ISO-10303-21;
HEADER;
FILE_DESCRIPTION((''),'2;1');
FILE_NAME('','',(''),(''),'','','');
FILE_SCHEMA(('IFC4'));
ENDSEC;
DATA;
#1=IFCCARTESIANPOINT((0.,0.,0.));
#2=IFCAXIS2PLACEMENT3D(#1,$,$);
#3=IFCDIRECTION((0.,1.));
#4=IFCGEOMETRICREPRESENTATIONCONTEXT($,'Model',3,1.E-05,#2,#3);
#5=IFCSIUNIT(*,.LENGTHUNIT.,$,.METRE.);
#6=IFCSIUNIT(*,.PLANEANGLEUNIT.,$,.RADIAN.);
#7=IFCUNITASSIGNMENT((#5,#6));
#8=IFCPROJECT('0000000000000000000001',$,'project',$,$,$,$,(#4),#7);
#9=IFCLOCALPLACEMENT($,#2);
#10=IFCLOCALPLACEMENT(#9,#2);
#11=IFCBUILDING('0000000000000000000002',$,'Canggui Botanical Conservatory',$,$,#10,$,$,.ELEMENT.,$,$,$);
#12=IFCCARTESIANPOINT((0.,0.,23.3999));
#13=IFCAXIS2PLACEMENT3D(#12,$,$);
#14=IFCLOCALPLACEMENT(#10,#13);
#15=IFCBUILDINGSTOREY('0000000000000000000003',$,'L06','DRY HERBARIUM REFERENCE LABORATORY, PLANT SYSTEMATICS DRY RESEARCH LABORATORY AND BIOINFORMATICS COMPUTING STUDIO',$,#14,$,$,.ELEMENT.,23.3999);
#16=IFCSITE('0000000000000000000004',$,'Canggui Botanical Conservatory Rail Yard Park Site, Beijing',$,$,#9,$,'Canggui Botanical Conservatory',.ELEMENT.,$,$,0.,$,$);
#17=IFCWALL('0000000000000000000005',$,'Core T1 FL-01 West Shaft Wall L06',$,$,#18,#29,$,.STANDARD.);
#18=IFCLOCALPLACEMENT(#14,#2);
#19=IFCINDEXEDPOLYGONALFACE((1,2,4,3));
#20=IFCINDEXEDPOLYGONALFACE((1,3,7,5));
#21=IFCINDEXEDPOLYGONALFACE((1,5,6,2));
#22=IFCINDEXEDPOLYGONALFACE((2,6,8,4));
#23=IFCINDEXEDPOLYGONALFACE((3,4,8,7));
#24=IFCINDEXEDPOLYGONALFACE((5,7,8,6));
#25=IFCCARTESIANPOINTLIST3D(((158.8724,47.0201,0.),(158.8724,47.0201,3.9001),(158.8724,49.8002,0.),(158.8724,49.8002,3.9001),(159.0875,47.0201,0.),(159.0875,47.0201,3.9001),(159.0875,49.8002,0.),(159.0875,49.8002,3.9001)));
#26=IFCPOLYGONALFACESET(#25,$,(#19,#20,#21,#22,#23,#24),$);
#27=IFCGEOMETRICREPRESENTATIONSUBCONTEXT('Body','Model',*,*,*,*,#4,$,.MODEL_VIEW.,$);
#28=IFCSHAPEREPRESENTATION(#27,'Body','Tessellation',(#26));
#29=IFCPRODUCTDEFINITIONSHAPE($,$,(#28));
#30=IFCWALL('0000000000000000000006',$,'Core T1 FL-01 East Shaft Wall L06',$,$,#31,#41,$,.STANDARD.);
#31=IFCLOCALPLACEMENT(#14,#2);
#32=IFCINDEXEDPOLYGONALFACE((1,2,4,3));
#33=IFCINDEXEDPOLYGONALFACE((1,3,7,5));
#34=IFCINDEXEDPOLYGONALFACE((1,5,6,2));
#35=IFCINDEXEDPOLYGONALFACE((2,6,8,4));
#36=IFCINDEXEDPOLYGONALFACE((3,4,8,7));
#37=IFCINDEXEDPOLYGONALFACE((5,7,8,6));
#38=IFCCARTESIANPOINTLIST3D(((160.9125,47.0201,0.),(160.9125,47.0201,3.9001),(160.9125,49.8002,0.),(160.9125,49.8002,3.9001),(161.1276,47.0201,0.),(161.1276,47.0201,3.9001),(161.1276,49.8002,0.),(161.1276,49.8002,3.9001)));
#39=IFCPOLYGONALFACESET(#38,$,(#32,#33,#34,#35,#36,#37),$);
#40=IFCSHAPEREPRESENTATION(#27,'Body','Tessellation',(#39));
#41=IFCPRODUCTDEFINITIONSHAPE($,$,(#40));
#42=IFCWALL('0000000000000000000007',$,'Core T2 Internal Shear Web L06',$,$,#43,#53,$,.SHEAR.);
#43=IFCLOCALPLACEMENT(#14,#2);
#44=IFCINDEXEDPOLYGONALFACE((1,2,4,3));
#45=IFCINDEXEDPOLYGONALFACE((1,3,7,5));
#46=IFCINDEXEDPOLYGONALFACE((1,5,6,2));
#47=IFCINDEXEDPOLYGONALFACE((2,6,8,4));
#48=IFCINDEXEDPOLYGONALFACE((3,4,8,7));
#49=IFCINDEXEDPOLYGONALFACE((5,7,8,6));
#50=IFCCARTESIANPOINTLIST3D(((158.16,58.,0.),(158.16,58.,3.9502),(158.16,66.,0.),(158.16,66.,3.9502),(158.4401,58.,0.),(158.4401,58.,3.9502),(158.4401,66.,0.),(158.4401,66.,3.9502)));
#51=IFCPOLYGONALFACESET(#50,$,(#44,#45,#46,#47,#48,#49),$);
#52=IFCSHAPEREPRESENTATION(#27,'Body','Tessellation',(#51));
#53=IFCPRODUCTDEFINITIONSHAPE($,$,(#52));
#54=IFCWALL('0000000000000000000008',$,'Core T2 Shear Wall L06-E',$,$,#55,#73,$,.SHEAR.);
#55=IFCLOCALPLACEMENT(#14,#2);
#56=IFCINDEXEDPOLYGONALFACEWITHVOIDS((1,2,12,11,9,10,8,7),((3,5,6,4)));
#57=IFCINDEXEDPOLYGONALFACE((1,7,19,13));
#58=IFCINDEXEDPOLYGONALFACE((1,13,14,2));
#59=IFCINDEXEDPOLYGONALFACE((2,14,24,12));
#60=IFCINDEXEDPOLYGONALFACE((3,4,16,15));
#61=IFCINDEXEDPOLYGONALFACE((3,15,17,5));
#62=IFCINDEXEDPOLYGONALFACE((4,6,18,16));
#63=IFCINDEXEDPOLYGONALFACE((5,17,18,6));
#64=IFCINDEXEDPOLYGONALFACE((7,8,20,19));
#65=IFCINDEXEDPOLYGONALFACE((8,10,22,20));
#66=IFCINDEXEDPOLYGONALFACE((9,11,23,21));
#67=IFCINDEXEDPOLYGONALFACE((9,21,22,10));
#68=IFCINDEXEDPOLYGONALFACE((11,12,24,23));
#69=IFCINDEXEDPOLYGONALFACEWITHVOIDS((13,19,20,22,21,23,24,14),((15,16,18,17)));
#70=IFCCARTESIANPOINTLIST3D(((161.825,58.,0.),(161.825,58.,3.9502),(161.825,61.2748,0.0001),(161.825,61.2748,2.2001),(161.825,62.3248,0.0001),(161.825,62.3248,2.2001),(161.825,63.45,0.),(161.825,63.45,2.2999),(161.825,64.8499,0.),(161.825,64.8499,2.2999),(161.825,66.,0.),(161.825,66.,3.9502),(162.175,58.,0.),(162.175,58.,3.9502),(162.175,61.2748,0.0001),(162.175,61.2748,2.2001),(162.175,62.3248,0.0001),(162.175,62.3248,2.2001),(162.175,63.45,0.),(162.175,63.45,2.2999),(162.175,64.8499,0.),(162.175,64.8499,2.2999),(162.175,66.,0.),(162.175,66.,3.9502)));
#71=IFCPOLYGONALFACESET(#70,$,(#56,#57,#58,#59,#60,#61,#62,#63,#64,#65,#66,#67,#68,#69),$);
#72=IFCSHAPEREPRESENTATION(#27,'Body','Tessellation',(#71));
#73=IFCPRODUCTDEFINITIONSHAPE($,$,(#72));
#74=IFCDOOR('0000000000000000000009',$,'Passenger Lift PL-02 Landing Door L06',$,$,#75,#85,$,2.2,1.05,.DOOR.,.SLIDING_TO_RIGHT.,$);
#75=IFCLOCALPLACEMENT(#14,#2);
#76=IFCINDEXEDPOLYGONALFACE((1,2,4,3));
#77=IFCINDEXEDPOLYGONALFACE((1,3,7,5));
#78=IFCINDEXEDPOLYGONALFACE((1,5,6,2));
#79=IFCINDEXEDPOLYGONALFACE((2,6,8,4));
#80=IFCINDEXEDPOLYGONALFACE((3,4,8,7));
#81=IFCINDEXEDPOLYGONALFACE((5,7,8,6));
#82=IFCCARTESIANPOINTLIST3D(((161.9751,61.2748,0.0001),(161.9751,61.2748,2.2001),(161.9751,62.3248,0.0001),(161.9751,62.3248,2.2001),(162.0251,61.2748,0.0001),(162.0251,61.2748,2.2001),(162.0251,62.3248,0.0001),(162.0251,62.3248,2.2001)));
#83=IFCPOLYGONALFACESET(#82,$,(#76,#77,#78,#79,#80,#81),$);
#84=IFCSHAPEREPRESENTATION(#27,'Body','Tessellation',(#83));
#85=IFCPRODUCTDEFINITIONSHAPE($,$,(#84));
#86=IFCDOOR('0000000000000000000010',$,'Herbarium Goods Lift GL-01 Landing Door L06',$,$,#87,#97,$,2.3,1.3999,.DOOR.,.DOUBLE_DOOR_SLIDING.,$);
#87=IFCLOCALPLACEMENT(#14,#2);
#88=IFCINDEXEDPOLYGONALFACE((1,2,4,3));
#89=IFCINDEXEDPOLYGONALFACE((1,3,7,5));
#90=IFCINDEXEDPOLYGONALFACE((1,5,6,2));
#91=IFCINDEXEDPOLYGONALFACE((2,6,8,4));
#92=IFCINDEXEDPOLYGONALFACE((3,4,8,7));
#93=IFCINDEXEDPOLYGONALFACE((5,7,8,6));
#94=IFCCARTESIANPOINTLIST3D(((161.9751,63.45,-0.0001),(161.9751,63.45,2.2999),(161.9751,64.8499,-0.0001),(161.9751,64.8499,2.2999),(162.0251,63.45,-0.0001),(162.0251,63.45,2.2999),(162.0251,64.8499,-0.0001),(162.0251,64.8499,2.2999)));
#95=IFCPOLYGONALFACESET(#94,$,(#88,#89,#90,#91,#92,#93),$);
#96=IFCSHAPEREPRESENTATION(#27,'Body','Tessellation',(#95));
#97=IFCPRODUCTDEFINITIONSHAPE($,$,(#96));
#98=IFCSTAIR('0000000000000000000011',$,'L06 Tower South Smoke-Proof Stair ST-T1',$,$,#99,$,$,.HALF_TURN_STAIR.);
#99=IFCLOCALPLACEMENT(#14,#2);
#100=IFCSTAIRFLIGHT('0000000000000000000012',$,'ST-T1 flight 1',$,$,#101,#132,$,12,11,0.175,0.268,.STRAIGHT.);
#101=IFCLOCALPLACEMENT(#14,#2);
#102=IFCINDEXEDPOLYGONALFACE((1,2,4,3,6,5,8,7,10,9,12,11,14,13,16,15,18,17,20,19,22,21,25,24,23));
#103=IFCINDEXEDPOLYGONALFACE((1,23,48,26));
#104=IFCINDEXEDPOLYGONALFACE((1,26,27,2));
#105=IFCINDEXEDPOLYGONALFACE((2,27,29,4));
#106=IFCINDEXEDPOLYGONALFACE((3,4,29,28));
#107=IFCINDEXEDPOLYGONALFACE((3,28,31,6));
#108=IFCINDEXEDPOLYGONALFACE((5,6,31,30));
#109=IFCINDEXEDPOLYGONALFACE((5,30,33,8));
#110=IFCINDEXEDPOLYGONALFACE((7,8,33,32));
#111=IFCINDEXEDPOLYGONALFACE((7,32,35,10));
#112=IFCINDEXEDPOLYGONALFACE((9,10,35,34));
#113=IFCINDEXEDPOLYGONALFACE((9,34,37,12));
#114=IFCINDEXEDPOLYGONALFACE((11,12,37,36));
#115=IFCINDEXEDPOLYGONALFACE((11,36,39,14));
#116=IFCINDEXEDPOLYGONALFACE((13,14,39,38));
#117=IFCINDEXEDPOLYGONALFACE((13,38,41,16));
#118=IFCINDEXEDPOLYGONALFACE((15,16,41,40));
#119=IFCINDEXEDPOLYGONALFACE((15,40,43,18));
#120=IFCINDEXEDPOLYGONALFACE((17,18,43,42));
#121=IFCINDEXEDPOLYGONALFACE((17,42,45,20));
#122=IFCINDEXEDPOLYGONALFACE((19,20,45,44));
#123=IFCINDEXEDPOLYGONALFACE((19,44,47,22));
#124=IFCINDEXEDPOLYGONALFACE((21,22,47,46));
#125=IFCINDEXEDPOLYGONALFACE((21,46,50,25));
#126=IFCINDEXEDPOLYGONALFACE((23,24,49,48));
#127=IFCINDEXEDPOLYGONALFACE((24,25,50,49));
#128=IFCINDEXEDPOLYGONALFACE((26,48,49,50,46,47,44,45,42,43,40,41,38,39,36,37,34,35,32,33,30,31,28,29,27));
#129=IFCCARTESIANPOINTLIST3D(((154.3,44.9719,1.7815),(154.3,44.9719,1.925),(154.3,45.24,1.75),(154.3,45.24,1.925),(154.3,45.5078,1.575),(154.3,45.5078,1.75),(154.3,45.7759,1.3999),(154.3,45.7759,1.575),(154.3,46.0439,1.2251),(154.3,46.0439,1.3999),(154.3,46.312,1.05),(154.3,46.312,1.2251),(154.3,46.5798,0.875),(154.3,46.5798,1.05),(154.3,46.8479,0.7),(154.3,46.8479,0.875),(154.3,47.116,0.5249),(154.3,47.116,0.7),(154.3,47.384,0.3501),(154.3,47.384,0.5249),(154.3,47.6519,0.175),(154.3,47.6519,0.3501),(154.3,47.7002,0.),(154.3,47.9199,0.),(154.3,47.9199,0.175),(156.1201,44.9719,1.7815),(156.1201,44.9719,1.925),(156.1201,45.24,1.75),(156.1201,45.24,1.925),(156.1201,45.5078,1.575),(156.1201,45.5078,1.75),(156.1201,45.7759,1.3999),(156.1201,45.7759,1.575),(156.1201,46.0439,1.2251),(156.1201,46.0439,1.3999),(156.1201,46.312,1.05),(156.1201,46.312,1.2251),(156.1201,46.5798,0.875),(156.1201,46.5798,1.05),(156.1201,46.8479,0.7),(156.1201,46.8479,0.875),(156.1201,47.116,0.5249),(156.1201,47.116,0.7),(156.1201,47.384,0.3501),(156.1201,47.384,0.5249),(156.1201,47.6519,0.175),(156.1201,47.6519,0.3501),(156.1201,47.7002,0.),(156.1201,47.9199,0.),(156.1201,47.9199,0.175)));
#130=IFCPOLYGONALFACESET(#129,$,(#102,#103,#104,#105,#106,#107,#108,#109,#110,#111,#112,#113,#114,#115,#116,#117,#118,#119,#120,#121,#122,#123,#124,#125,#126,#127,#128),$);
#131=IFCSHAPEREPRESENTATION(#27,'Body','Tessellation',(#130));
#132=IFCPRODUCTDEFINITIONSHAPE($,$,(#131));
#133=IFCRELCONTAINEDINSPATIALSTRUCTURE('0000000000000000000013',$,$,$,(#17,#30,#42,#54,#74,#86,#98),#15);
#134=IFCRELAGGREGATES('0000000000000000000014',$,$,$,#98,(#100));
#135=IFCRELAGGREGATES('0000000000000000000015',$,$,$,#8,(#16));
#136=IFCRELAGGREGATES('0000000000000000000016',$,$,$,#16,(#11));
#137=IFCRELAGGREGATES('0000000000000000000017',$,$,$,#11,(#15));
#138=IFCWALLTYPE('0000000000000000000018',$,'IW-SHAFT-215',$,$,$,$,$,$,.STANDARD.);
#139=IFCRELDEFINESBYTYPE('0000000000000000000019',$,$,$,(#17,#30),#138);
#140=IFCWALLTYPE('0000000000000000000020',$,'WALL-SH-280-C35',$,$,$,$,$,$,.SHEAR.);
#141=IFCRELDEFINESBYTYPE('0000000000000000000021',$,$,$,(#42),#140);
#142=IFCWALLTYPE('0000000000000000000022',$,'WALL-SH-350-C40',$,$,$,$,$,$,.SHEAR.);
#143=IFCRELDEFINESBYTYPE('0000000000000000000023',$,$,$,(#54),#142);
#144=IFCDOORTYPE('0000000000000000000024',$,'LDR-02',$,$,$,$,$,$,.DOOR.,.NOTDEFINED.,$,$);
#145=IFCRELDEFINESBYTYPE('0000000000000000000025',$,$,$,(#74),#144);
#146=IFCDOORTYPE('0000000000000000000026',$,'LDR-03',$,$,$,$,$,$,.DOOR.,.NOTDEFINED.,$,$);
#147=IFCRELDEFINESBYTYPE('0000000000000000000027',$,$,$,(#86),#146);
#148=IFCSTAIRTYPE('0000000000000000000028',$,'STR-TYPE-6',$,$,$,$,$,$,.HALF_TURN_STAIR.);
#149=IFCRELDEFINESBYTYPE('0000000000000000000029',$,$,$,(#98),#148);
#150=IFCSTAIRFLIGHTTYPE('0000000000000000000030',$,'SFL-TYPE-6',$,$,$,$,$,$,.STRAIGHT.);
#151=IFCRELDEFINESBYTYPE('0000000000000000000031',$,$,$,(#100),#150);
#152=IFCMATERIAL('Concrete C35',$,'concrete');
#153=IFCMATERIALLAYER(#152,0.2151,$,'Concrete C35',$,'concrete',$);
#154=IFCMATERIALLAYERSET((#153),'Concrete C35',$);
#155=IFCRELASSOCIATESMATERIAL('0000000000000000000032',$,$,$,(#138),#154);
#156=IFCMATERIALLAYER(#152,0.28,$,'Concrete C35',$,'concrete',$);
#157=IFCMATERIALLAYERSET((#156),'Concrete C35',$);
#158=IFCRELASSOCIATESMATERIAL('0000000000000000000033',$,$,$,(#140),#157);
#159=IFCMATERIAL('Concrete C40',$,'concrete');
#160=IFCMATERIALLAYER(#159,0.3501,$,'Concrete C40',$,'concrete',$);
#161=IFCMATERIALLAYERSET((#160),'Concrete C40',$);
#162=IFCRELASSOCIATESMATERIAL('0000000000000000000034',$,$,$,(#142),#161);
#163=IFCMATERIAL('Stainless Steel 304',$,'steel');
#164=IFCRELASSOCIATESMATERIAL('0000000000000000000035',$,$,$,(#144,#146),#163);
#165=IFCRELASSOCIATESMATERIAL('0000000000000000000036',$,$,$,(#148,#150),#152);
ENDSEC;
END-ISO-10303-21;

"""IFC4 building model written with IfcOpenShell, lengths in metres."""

from ifc_helpers import new_model, si_unit, direction, frame, frame_2d, origin, place, context, subcontext, project, spatial, polyline, rectangle, outline, extrude, material, layer, layer_set, type_object, element, fill, aggregate, save


model = new_model("IFC4")

# Units and contexts
model_context = context("Model", 3, precision=1e-05, world=origin(), true_north=direction((0.0, 1.0)))
body_context = subcontext(model_context, "Body", "Model", "MODEL_VIEW")
ifc_project = project(units=[si_unit("LENGTHUNIT", "METRE"), si_unit("PLANEANGLEUNIT", "RADIAN")], contexts=[model_context])

# Site, building, storey
site_placement = place(None, origin())
site = spatial("IfcSite", under=ifc_project, at=site_placement, Name="Canggui Botanical Conservatory Rail Yard Park Site, Beijing", LongName="Canggui Botanical Conservatory", CompositionType="ELEMENT", RefElevation=0.0)
building_placement = place(site_placement, origin())
building = spatial("IfcBuilding", under=site, at=building_placement, Name="Canggui Botanical Conservatory", CompositionType="ELEMENT")
storey_placement = place(building_placement, frame((0.0, 0.0, 23.3999)))
storey = spatial("IfcBuildingStorey", under=building, at=storey_placement, Name="L06", Description="DRY HERBARIUM REFERENCE LABORATORY, PLANT SYSTEMATICS DRY RESEARCH LABORATORY AND BIOINFORMATICS COMPUTING STUDIO", CompositionType="ELEMENT", Elevation=23.3999)

# Shared definitions
ifc_material_1 = material(Name="Concrete C40", Category="concrete")

# Shared definitions
ifc_material_2 = material(Name="Concrete C35", Category="concrete")

# Walls
ifc_layer_1 = layer(ifc_material_2, 0.2151, Name="Concrete C35", Category="concrete")
ifc_layer_set_1 = layer_set([ifc_layer_1], Name="Concrete C35")
wall_type_1 = type_object("IfcWallType", Name="IW-SHAFT-215", PredefinedType="STANDARD", material=ifc_layer_set_1)
for number, where, z_axis, x_axis, name in (
    (1, (158.98, 47.02, 0.0), (0.0, 0.0, 1.0), (0.0, 1.0, 0.0), "Core T1 FL-01 West Shaft Wall L06"),
    (2, (161.02, 47.02, 0.0), (0.0, 0.0, 1.0), (0.0, 1.0, 0.0), "Core T1 FL-01 East Shaft Wall L06"),
):
    element("IfcWall", number, at=place(storey_placement, frame(where, z_axis=z_axis, x_axis=x_axis)), inside=storey, type_object=wall_type_1, Name=name, PredefinedType="STANDARD", context=body_context, shape_type="SweptSolid", body=[
        extrude(rectangle(XDim=2.78, YDim=0.2151, at=frame_2d((1.3901, 0.0))), origin(), (0.0, 0.0, 1.0), 3.9001),
    ])
ifc_layer_2 = layer(ifc_material_2, 0.28, Name="Concrete C35", Category="concrete")
ifc_layer_set_2 = layer_set([ifc_layer_2], Name="Concrete C35")
wall_type_2 = type_object("IfcWallType", Name="WALL-SH-280-C35", PredefinedType="SHEAR", material=ifc_layer_set_2)
wall_1_placement = place(storey_placement, frame((158.3, 58.0, 0.0), z_axis=(0.0, 0.0, 1.0), x_axis=(0.0, 1.0, 0.0)))
element("IfcWall", 3, at=wall_1_placement, inside=storey, type_object=wall_type_2, Name="Core T2 Internal Shear Web L06", PredefinedType="SHEAR", context=body_context, shape_type="SweptSolid", body=[
    extrude(rectangle(XDim=8.0, YDim=0.28, at=frame_2d((4.0, 0.0))), origin(), (0.0, 0.0, 1.0), 3.9502),
])

# Wall, openings, doors
ifc_layer_3 = layer(ifc_material_1, 0.3501, Name="Concrete C40", Category="concrete")
ifc_layer_set_3 = layer_set([ifc_layer_3], Name="Concrete C40")
wall_type_3 = type_object("IfcWallType", Name="WALL-SH-350-C40", PredefinedType="SHEAR", material=ifc_layer_set_3)
ifc_material_3 = material(Name="Stainless Steel 304", Category="steel")
wall_2_placement = place(storey_placement, frame((162.0, 58.0, 0.0), z_axis=(0.0, 0.0, 1.0), x_axis=(0.0, 1.0, 0.0)))
wall_2 = element("IfcWall", 4, at=wall_2_placement, inside=storey, type_object=wall_type_3, Name="Core T2 Shear Wall L06-E", PredefinedType="SHEAR", context=body_context, shape_type="SweptSolid", body=[
    extrude(rectangle(XDim=8.0, YDim=0.3501, at=frame_2d((4.0, 0.0))), origin(), (0.0, 0.0, 1.0), 3.9502),
])
opening_1_placement = place(wall_2_placement, frame((3.2749, 0.0, 0.0)))
opening_1 = element("IfcOpeningElement", 5, at=opening_1_placement, cuts=wall_2, PredefinedType="OPENING", context=body_context, shape_type="SweptSolid", body=[
    extrude(rectangle(XDim=1.05, YDim=2.2, at=frame_2d((0.5249, 1.1001))), frame((0.0, 0.1851, 0.0), z_axis=(0.0, -1.0, 0.0), x_axis=(1.0, 0.0, 0.0)), (0.0, 0.0, 1.0), 0.3701),
])
opening_2_placement = place(wall_2_placement, frame((5.45, 0.0, 0.0)))
opening_2 = element("IfcOpeningElement", 6, at=opening_2_placement, cuts=wall_2, PredefinedType="OPENING", context=body_context, shape_type="SweptSolid", body=[
    extrude(rectangle(XDim=1.3999, YDim=2.3, at=frame_2d((0.7, 1.1499))), frame((0.0, 0.1851, 0.0), z_axis=(0.0, -1.0, 0.0), x_axis=(1.0, 0.0, 0.0)), (0.0, 0.0, 1.0), 0.3701),
])
door_type_1 = type_object("IfcDoorType", Name="LDR-02", OperationType="NOTDEFINED", PredefinedType="DOOR", material=ifc_material_3)
door_1_placement = place(opening_1_placement, origin())
door_1 = element("IfcDoor", 7, at=door_1_placement, inside=storey, type_object=door_type_1, Name="Passenger Lift PL-02 Landing Door L06", OperationType="SLIDING_TO_RIGHT", OverallHeight=2.2, OverallWidth=1.05, PredefinedType="DOOR", context=body_context, shape_type="SweptSolid", body=[
    extrude(rectangle(XDim=1.05, YDim=2.2, at=frame_2d((0.5249, 1.1001))), frame((0.0, 0.0249, 0.0), z_axis=(0.0, -1.0, 0.0), x_axis=(1.0, 0.0, 0.0)), (0.0, 0.0, 1.0), 0.05),
])
fill(opening_1, door_1)
door_type_2 = type_object("IfcDoorType", Name="LDR-03", OperationType="NOTDEFINED", PredefinedType="DOOR", material=ifc_material_3)
door_2_placement = place(opening_2_placement, origin())
door_2 = element("IfcDoor", 8, at=door_2_placement, inside=storey, type_object=door_type_2, Name="Herbarium Goods Lift GL-01 Landing Door L06", OperationType="DOUBLE_DOOR_SLIDING", OverallHeight=2.3, OverallWidth=1.3999, PredefinedType="DOOR", context=body_context, shape_type="SweptSolid", body=[
    extrude(rectangle(XDim=1.3999, YDim=2.3, at=frame_2d((0.7, 1.1499))), frame((0.0, 0.0249, 0.0), z_axis=(0.0, -1.0, 0.0), x_axis=(1.0, 0.0, 0.0)), (0.0, 0.0, 1.0), 0.05),
])
fill(opening_2, door_2)

# Stair, stair flight
stair_type = type_object("IfcStairType", Name="STR-TYPE-6", PredefinedType="HALF_TURN_STAIR", material=ifc_material_2)
stair_placement = place(storey_placement, origin())
stair = element("IfcStair", 9, at=stair_placement, inside=storey, type_object=stair_type, Name="L06 Tower South Smoke-Proof Stair ST-T1", PredefinedType="HALF_TURN_STAIR")
stair_flight_type = type_object("IfcStairFlightType", Name="SFL-TYPE-6", PredefinedType="STRAIGHT", material=ifc_material_2)
stair_flight_placement = place(storey_placement, frame((155.21, 47.9199, 0.0), z_axis=(0.0, 0.0, 1.0), x_axis=(0.0, -1.0, 0.0)))
stair_flight = element("IfcStairFlight", 10, at=stair_flight_placement, type_object=stair_flight_type, Name="ST-T1 flight 1", NumberOfRisers=12, NumberOfTreads=11, PredefinedType="STRAIGHT", RiserHeight=0.175, TreadLength=0.268, context=body_context, shape_type="SweptSolid", body=[
    extrude(outline(polyline([(0.0, 0.0), (0.0, 0.175), (0.2681, 0.175), (0.2681, 0.3501), (0.5359, 0.3501), (0.5359, 0.5249), (0.804, 0.5249), (0.804, 0.7), (1.072, 0.7), (1.072, 0.875), (1.3401, 0.875), (1.3401, 1.05), (1.6079, 1.05), (1.6079, 1.2251), (1.876, 1.2251), (1.876, 1.3999), (2.144, 1.3999), (2.144, 1.575), (2.4121, 1.575), (2.4121, 1.75), (2.6799, 1.75), (2.6799, 1.925), (2.948, 1.925), (2.948, 2.1001), (2.948, 1.7815), (0.2197, 0.0), (0.0, 0.0)])), frame((0.0, 0.9102, 0.0), z_axis=(0.0, -1.0, 0.0), x_axis=(1.0, 0.0, 0.0)), (0.0, 0.0, 1.0), 1.8201),
])
aggregate(stair, [stair_flight])

save(model, "model.ifc")
